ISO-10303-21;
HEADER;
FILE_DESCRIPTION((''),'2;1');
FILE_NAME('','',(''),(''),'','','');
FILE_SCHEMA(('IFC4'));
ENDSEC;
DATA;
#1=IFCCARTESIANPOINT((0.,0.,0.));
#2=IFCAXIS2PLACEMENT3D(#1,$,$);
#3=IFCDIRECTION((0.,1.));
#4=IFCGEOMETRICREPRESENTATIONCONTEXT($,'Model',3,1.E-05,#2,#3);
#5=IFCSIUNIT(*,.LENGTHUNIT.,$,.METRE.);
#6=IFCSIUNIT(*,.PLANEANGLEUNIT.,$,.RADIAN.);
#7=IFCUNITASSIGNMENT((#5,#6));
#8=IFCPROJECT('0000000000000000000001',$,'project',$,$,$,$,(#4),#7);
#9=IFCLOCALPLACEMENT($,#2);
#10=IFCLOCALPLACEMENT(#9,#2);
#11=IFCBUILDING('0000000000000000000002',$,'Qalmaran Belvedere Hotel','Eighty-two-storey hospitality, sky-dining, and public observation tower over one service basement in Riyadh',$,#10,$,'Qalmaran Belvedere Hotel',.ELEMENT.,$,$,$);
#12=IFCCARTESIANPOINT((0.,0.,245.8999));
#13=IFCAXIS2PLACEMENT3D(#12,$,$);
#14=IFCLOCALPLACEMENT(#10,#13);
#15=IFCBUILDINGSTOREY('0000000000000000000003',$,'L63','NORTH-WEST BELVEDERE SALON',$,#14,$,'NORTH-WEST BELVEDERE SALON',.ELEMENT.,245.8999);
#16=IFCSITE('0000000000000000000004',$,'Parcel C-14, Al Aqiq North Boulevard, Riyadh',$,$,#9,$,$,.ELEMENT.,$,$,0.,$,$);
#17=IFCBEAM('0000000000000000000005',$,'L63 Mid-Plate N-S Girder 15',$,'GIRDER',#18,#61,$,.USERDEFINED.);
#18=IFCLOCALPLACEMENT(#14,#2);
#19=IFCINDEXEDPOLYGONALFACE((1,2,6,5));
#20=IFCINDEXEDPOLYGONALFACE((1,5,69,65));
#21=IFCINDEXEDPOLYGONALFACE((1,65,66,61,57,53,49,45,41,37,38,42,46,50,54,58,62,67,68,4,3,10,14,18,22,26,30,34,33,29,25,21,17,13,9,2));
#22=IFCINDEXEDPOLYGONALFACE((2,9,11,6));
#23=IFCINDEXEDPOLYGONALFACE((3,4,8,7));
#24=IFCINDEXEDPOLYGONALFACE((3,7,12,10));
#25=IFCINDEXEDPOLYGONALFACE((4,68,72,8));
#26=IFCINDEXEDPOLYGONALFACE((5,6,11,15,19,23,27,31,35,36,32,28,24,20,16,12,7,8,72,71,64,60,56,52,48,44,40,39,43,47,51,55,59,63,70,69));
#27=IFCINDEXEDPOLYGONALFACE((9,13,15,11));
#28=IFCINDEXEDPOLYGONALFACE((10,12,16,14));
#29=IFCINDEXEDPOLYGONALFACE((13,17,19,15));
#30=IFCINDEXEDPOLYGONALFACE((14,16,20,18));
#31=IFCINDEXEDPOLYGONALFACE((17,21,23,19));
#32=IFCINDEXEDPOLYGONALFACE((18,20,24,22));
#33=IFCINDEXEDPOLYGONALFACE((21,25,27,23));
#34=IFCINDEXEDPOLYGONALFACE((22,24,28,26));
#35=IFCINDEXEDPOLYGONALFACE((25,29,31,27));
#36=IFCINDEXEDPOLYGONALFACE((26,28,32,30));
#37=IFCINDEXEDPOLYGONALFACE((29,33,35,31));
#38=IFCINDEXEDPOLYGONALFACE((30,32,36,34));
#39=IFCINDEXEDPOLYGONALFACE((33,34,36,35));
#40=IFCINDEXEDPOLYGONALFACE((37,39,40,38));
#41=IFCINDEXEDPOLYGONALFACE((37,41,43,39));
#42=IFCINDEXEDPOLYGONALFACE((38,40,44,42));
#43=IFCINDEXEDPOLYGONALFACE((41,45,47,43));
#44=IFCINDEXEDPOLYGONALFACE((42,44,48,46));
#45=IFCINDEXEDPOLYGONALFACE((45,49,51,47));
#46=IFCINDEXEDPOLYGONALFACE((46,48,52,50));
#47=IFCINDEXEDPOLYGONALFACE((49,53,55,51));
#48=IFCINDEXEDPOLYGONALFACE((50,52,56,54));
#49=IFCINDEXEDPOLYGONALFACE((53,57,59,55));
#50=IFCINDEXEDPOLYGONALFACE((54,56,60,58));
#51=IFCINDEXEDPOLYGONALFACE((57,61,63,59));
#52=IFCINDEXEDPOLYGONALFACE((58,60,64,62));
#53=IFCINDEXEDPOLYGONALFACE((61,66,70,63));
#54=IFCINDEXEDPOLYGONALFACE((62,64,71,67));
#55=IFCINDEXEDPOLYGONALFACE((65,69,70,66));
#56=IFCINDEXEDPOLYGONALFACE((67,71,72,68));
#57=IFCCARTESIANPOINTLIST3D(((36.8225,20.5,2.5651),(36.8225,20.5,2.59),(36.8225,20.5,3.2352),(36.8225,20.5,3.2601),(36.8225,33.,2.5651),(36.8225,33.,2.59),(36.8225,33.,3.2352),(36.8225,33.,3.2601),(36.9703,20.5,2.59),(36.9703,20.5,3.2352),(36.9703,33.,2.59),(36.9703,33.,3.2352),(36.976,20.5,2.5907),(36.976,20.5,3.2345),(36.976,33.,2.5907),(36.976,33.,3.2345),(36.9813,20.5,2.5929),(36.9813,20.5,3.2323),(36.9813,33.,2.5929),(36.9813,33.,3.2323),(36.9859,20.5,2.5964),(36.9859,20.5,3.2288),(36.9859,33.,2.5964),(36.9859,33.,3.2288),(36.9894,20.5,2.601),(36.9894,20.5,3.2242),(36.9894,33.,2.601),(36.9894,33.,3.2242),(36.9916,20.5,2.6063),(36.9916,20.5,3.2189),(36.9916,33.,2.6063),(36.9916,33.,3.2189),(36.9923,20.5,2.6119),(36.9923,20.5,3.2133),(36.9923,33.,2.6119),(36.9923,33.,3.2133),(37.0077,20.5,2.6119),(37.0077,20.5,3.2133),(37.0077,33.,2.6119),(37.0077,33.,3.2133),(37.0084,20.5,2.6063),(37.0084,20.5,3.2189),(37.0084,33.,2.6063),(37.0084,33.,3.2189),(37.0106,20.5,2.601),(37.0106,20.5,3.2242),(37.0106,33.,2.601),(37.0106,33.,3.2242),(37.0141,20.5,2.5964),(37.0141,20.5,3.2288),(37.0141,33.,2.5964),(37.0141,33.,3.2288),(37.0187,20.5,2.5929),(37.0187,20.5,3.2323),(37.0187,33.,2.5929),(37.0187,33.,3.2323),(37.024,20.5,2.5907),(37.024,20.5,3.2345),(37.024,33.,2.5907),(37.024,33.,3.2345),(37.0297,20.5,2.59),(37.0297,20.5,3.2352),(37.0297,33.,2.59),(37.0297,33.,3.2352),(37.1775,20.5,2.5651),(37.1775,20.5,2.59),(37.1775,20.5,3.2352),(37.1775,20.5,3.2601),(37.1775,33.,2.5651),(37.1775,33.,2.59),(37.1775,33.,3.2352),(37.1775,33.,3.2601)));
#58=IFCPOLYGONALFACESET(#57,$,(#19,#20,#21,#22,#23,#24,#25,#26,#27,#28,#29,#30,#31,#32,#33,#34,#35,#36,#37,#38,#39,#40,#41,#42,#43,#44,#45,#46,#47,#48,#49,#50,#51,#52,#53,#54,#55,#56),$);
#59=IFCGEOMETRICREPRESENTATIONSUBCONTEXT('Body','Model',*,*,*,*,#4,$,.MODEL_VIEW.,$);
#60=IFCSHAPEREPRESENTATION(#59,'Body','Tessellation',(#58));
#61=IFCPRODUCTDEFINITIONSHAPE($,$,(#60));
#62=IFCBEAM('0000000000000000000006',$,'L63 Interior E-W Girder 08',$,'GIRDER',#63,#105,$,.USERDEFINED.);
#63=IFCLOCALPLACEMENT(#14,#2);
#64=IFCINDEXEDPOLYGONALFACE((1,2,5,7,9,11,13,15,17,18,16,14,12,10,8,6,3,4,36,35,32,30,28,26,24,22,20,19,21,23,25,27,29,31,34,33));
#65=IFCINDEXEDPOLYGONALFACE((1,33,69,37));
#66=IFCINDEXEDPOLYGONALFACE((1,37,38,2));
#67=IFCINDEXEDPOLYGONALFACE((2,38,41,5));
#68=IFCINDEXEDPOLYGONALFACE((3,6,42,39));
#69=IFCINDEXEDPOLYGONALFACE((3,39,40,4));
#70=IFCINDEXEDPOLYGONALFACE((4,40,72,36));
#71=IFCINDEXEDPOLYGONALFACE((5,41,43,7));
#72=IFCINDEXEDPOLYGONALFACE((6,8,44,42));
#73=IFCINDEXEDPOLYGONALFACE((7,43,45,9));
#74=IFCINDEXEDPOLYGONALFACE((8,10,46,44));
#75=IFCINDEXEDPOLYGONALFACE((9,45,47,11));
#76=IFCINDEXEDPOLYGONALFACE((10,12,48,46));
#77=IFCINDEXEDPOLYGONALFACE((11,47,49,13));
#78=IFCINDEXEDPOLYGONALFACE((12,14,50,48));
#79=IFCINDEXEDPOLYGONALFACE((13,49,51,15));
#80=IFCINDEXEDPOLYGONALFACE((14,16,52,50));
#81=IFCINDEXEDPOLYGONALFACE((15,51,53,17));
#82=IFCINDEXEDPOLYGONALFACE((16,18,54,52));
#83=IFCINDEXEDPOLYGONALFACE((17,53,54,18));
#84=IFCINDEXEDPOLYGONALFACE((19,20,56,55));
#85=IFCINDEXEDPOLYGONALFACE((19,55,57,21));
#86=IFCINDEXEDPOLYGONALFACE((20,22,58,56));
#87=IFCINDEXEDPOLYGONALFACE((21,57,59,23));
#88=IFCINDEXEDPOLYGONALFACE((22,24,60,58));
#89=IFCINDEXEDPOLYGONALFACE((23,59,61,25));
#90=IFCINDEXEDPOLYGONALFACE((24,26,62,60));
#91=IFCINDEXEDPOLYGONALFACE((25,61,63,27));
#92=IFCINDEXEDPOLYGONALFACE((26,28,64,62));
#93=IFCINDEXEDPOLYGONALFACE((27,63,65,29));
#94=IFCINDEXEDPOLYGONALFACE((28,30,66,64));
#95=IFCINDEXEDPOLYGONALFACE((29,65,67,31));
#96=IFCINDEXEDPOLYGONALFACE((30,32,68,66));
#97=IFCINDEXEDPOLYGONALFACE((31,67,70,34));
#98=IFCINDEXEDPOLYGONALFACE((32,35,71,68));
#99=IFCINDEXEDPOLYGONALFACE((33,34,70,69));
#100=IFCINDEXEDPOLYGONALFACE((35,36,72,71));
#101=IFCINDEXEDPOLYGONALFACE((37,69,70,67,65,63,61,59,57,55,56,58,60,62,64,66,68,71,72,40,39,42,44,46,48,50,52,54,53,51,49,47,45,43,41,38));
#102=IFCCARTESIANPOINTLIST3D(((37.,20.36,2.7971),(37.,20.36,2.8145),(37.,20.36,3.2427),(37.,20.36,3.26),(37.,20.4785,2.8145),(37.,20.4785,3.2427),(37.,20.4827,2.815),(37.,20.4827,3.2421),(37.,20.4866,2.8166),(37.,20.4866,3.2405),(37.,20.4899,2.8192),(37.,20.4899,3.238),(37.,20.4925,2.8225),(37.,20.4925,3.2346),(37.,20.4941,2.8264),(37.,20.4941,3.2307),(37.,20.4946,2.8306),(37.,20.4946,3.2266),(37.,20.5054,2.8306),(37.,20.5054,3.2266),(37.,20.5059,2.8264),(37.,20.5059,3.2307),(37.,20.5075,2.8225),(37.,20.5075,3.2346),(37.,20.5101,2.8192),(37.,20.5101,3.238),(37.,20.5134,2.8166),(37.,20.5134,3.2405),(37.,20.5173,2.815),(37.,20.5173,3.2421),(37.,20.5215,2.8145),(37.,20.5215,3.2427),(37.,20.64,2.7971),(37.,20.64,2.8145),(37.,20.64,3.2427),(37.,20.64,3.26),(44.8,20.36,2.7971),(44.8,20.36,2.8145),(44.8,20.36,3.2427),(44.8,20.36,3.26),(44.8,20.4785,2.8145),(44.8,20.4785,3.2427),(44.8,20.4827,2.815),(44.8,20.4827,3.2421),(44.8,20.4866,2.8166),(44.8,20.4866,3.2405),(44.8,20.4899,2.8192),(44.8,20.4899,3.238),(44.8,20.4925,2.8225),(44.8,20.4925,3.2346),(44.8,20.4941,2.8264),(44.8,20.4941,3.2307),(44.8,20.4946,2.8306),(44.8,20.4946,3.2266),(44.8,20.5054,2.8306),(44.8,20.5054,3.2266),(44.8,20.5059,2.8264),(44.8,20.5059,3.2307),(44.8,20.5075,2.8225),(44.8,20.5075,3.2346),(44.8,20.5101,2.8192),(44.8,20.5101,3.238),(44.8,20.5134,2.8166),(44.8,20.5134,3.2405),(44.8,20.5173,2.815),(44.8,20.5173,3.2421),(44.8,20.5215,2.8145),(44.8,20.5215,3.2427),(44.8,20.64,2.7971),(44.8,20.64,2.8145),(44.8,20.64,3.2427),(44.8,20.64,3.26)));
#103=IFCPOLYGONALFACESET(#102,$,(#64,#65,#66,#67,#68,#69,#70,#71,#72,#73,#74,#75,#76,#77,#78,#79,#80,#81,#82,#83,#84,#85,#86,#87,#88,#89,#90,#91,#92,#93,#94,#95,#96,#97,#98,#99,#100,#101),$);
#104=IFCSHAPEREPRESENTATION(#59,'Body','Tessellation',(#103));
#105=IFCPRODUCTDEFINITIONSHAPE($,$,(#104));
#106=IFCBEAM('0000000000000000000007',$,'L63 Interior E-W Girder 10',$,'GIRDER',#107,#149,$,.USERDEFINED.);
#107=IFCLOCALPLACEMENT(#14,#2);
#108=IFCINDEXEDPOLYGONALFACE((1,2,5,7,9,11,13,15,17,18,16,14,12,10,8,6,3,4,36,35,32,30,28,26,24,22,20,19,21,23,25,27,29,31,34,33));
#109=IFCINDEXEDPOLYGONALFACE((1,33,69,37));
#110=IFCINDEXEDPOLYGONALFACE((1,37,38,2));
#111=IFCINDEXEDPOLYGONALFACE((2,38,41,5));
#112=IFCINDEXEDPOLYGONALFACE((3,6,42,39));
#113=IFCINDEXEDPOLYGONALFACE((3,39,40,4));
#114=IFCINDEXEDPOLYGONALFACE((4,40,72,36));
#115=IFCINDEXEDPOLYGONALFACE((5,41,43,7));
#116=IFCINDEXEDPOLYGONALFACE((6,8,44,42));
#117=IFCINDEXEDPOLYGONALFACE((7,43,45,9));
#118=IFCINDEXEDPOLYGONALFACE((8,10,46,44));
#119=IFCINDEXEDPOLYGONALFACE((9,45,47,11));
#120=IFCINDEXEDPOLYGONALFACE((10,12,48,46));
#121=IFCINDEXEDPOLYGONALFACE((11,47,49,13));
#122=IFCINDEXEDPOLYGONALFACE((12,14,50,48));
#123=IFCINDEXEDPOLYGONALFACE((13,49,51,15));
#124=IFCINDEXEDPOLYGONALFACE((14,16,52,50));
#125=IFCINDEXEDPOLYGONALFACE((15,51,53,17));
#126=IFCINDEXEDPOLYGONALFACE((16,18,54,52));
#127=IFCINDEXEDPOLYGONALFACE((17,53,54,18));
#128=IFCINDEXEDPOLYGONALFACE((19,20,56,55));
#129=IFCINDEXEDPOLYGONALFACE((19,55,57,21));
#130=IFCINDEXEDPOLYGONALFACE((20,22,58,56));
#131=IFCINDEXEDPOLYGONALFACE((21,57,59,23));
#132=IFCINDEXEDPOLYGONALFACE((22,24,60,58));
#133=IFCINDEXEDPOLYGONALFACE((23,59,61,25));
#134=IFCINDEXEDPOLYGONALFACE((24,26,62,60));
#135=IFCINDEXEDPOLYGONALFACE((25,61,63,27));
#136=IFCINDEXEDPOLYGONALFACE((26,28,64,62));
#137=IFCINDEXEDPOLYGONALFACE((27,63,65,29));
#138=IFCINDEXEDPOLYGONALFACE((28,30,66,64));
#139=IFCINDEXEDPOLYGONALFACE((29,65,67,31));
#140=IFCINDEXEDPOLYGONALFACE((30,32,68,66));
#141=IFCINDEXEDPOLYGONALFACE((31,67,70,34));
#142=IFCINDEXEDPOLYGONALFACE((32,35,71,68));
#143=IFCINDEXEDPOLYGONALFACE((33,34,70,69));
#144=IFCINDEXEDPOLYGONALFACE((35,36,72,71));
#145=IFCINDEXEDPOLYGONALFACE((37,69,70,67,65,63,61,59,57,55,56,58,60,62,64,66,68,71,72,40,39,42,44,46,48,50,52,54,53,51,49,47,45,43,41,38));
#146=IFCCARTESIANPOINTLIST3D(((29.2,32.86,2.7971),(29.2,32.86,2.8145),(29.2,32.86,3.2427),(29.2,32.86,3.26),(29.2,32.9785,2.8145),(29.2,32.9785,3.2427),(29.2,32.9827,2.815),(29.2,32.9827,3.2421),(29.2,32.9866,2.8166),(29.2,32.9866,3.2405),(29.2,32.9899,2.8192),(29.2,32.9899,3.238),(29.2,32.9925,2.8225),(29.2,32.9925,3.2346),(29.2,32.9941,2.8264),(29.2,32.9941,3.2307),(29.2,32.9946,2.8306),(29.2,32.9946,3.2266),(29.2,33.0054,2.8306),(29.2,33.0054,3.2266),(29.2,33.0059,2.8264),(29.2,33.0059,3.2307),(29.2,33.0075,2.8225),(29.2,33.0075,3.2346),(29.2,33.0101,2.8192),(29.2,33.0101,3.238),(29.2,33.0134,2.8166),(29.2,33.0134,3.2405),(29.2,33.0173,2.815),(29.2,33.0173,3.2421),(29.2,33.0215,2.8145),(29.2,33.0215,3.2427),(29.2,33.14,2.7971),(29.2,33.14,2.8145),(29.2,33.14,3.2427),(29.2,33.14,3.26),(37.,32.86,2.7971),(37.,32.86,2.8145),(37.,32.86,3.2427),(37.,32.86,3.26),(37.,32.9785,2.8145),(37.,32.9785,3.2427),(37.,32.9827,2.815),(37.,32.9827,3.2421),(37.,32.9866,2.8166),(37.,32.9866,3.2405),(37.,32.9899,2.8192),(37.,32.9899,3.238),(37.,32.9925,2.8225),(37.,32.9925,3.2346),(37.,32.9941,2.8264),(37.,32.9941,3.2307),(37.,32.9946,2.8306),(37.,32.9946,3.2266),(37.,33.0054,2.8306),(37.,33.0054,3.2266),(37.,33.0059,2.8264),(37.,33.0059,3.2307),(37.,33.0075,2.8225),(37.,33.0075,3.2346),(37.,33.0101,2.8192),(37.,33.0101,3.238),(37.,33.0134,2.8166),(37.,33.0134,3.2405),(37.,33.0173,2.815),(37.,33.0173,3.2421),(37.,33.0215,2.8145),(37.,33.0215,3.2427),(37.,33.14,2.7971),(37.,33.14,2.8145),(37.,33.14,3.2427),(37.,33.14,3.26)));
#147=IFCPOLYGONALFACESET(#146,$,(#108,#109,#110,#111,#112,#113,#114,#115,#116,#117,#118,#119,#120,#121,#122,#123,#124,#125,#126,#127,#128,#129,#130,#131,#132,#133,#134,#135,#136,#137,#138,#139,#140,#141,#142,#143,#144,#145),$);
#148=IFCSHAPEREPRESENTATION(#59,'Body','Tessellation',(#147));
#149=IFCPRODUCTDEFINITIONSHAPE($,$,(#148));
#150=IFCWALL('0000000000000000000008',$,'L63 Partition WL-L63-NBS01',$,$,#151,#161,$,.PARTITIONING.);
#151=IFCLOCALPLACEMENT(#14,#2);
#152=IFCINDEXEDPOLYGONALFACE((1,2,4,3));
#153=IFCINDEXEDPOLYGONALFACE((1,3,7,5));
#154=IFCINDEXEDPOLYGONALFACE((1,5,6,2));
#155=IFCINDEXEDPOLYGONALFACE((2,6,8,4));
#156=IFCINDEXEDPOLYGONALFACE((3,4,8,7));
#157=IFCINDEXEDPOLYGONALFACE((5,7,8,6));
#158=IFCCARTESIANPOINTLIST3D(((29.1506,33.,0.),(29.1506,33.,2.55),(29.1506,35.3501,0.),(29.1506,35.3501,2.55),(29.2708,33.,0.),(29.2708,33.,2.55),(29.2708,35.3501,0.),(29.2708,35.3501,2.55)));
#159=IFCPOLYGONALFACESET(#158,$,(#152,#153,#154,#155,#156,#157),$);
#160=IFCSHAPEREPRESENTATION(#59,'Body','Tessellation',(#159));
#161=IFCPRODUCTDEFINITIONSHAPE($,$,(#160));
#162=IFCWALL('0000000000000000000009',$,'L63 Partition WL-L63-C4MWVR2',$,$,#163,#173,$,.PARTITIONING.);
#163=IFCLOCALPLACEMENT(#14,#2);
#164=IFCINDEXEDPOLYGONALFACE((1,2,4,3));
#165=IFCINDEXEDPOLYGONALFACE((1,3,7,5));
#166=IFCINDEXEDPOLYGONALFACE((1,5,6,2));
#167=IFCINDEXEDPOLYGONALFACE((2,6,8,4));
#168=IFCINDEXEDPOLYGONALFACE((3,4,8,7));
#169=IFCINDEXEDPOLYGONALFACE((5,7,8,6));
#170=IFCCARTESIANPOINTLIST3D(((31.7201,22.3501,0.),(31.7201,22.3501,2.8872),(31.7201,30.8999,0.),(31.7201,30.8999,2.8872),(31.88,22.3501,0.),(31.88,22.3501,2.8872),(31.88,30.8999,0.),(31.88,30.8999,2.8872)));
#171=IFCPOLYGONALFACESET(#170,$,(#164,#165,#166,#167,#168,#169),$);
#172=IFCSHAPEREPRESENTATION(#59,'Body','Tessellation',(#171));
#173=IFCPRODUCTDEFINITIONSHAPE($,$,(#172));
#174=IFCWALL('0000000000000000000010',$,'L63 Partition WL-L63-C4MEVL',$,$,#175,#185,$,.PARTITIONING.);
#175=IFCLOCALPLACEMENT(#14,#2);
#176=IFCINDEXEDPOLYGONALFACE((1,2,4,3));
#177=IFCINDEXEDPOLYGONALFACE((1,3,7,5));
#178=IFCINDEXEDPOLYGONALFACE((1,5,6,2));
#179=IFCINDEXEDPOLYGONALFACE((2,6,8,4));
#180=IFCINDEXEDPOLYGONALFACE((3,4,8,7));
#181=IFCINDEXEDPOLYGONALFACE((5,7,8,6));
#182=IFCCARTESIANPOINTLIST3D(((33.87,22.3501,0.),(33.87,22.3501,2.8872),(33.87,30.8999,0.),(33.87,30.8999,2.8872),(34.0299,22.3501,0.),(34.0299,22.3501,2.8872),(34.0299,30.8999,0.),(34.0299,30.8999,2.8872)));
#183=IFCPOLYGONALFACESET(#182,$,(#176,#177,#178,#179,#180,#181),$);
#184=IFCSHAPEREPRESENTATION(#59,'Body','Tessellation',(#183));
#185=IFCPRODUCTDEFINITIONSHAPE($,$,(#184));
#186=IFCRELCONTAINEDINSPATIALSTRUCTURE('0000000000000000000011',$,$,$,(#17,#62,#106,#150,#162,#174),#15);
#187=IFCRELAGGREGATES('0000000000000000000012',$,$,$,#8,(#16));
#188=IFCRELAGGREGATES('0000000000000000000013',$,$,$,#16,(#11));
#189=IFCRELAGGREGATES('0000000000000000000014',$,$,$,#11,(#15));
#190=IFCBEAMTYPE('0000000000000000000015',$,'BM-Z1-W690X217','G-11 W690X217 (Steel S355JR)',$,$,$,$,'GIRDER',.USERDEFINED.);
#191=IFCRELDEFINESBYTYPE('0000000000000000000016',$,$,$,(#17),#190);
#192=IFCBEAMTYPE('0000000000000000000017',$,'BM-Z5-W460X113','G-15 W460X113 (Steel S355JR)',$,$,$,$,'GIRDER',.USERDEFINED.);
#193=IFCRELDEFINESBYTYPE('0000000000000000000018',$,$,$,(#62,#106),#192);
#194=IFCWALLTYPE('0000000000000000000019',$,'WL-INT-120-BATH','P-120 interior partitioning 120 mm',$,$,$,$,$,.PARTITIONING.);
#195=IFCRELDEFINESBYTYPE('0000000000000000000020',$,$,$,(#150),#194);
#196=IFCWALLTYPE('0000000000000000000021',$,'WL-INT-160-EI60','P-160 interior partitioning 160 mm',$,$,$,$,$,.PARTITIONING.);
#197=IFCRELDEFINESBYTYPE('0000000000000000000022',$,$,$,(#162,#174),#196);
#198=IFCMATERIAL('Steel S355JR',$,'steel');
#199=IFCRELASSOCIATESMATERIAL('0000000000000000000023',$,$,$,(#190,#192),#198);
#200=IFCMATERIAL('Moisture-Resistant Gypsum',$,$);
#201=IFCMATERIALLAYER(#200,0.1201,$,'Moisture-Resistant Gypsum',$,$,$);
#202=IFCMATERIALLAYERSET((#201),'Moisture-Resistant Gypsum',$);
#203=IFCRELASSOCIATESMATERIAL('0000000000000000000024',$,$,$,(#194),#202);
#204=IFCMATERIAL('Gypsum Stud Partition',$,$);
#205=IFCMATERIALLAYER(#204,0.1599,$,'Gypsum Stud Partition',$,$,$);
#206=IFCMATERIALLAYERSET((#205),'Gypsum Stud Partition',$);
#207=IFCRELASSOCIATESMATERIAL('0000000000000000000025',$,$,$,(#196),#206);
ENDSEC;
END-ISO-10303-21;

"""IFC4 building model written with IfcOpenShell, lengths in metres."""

from ifc_helpers import new_model, si_unit, direction, frame, frame_2d, origin, origin_2d, place, context, subcontext, project, spatial, rectangle, i_section, extrude, material, layer, layer_set, material_profile, profile_set, type_object, element, save


model = new_model("IFC4")

# Units and contexts
model_context = context("Model", 3, precision=1e-05, world=origin(), true_north=direction((0.0, 1.0)))
body_context = subcontext(model_context, "Body", "Model", "MODEL_VIEW")
ifc_project = project(units=[si_unit("LENGTHUNIT", "METRE"), si_unit("PLANEANGLEUNIT", "RADIAN")], contexts=[model_context])

# Site, building, storey
site_placement = place(None, origin())
site = spatial("IfcSite", under=ifc_project, at=site_placement, Name="Parcel C-14, Al Aqiq North Boulevard, Riyadh", CompositionType="ELEMENT", RefElevation=0.0)
building_placement = place(site_placement, origin())
building = spatial("IfcBuilding", under=site, at=building_placement, Name="Qalmaran Belvedere Hotel", Description="Eighty-two-storey hospitality, sky-dining, and public observation tower over one service basement in Riyadh", LongName="Qalmaran Belvedere Hotel", CompositionType="ELEMENT")
storey_placement = place(building_placement, frame((0.0, 0.0, 245.8999)))
storey = spatial("IfcBuildingStorey", under=building, at=storey_placement, Name="L63", Description="NORTH-WEST BELVEDERE SALON", LongName="NORTH-WEST BELVEDERE SALON", CompositionType="ELEMENT", Elevation=245.8999)

# Beams
ifc_material_1 = material(Name="Steel S355JR", Category="steel")
ifc_material_profile_1 = material_profile(ifc_material_1, i_section(OverallWidth=0.355, OverallDepth=0.6951, WebThickness=0.0154, FlangeThickness=0.0249, FilletRadius=0.022, at=origin_2d()), Name="W690X217")
ifc_profile_set_1 = profile_set([ifc_material_profile_1], Name="Steel S355JR")
beam_type_1 = type_object("IfcBeamType", Name="BM-Z1-W690X217", Description="G-11 W690X217 (Steel S355JR)", ElementType="GIRDER", PredefinedType="USERDEFINED", material=ifc_profile_set_1)
beam_1_placement = place(storey_placement, frame((37.0, 20.5, 2.9126), z_axis=(0.0, 1.0, 0.0), x_axis=(-1.0, 0.0, 0.0)))
element("IfcBeam", 1, at=beam_1_placement, inside=storey, type_object=beam_type_1, Name="L63 Mid-Plate N-S Girder 15", ObjectType="GIRDER", PredefinedType="USERDEFINED", context=body_context, shape_type="SweptSolid", body=[
    extrude(i_section(OverallWidth=0.355, OverallDepth=0.6951, WebThickness=0.0154, FlangeThickness=0.0249, FilletRadius=0.022, at=origin_2d()), origin(), (0.0, 0.0, 1.0), 12.5),
])
ifc_material_profile_2 = material_profile(ifc_material_1, i_section(OverallWidth=0.28, OverallDepth=0.4629, WebThickness=0.0107, FlangeThickness=0.0173, FilletRadius=0.0161, at=origin_2d()), Name="W460X113")
ifc_profile_set_2 = profile_set([ifc_material_profile_2], Name="Steel S355JR")
beam_type_2 = type_object("IfcBeamType", Name="BM-Z5-W460X113", Description="G-15 W460X113 (Steel S355JR)", ElementType="GIRDER", PredefinedType="USERDEFINED", material=ifc_profile_set_2)
for number, where, z_axis, x_axis, name in (
    (2, (37.0, 20.5, 3.0286), (1.0, 0.0, 0.0), (0.0, 1.0, 0.0), "L63 Interior E-W Girder 08"),
    (3, (29.2, 33.0, 3.0286), (1.0, 0.0, 0.0), (0.0, 1.0, 0.0), "L63 Interior E-W Girder 10"),
):
    element("IfcBeam", number, at=place(storey_placement, frame(where, z_axis=z_axis, x_axis=x_axis)), inside=storey, type_object=beam_type_2, Name=name, ObjectType="GIRDER", PredefinedType="USERDEFINED", context=body_context, shape_type="SweptSolid", body=[
        extrude(i_section(OverallWidth=0.28, OverallDepth=0.4629, WebThickness=0.0107, FlangeThickness=0.0173, FilletRadius=0.0161, at=origin_2d()), origin(), (0.0, 0.0, 1.0), 7.8),
    ])

# Wall
ifc_material_2 = material(Name="Moisture-Resistant Gypsum")
ifc_layer_1 = layer(ifc_material_2, 0.1201, Name="Moisture-Resistant Gypsum")
ifc_layer_set_1 = layer_set([ifc_layer_1], Name="Moisture-Resistant Gypsum")
wall_type_1 = type_object("IfcWallType", Name="WL-INT-120-BATH", Description="P-120 interior partitioning 120 mm", PredefinedType="PARTITIONING", material=ifc_layer_set_1)
wall_1_placement = place(storey_placement, frame((29.2107, 33.0, 0.0), z_axis=(0.0, 0.0, 1.0), x_axis=(0.0, 1.0, 0.0)))
element("IfcWall", 4, at=wall_1_placement, inside=storey, type_object=wall_type_1, Name="L63 Partition WL-L63-NBS01", PredefinedType="PARTITIONING", context=body_context, shape_type="SweptSolid", body=[
    extrude(rectangle(XDim=2.3501, YDim=0.1201, at=frame_2d((1.175, 0.0))), origin(), (0.0, 0.0, 1.0), 2.55),
])

# Shared definitions
ifc_material_3 = material(Name="Gypsum Stud Partition")

# Walls
ifc_layer_2 = layer(ifc_material_3, 0.1599, Name="Gypsum Stud Partition")
ifc_layer_set_2 = layer_set([ifc_layer_2], Name="Gypsum Stud Partition")
wall_type_2 = type_object("IfcWallType", Name="WL-INT-160-EI60", Description="P-160 interior partitioning 160 mm", PredefinedType="PARTITIONING", material=ifc_layer_set_2)
for number, where, z_axis, x_axis, name in (
    (5, (31.8, 22.3501, 0.0), (0.0, 0.0, 1.0), (0.0, 1.0, 0.0), "L63 Partition WL-L63-C4MWVR2"),
    (6, (33.95, 22.3501, 0.0), (0.0, 0.0, 1.0), (0.0, 1.0, 0.0), "L63 Partition WL-L63-C4MEVL"),
):
    element("IfcWall", number, at=place(storey_placement, frame(where, z_axis=z_axis, x_axis=x_axis)), inside=storey, type_object=wall_type_2, Name=name, PredefinedType="PARTITIONING", context=body_context, shape_type="SweptSolid", body=[
        extrude(rectangle(XDim=8.5498, YDim=0.1599, at=frame_2d((4.2749, 0.0))), origin(), (0.0, 0.0, 1.0), 2.8872),
    ])

save(model, "model.ifc")
